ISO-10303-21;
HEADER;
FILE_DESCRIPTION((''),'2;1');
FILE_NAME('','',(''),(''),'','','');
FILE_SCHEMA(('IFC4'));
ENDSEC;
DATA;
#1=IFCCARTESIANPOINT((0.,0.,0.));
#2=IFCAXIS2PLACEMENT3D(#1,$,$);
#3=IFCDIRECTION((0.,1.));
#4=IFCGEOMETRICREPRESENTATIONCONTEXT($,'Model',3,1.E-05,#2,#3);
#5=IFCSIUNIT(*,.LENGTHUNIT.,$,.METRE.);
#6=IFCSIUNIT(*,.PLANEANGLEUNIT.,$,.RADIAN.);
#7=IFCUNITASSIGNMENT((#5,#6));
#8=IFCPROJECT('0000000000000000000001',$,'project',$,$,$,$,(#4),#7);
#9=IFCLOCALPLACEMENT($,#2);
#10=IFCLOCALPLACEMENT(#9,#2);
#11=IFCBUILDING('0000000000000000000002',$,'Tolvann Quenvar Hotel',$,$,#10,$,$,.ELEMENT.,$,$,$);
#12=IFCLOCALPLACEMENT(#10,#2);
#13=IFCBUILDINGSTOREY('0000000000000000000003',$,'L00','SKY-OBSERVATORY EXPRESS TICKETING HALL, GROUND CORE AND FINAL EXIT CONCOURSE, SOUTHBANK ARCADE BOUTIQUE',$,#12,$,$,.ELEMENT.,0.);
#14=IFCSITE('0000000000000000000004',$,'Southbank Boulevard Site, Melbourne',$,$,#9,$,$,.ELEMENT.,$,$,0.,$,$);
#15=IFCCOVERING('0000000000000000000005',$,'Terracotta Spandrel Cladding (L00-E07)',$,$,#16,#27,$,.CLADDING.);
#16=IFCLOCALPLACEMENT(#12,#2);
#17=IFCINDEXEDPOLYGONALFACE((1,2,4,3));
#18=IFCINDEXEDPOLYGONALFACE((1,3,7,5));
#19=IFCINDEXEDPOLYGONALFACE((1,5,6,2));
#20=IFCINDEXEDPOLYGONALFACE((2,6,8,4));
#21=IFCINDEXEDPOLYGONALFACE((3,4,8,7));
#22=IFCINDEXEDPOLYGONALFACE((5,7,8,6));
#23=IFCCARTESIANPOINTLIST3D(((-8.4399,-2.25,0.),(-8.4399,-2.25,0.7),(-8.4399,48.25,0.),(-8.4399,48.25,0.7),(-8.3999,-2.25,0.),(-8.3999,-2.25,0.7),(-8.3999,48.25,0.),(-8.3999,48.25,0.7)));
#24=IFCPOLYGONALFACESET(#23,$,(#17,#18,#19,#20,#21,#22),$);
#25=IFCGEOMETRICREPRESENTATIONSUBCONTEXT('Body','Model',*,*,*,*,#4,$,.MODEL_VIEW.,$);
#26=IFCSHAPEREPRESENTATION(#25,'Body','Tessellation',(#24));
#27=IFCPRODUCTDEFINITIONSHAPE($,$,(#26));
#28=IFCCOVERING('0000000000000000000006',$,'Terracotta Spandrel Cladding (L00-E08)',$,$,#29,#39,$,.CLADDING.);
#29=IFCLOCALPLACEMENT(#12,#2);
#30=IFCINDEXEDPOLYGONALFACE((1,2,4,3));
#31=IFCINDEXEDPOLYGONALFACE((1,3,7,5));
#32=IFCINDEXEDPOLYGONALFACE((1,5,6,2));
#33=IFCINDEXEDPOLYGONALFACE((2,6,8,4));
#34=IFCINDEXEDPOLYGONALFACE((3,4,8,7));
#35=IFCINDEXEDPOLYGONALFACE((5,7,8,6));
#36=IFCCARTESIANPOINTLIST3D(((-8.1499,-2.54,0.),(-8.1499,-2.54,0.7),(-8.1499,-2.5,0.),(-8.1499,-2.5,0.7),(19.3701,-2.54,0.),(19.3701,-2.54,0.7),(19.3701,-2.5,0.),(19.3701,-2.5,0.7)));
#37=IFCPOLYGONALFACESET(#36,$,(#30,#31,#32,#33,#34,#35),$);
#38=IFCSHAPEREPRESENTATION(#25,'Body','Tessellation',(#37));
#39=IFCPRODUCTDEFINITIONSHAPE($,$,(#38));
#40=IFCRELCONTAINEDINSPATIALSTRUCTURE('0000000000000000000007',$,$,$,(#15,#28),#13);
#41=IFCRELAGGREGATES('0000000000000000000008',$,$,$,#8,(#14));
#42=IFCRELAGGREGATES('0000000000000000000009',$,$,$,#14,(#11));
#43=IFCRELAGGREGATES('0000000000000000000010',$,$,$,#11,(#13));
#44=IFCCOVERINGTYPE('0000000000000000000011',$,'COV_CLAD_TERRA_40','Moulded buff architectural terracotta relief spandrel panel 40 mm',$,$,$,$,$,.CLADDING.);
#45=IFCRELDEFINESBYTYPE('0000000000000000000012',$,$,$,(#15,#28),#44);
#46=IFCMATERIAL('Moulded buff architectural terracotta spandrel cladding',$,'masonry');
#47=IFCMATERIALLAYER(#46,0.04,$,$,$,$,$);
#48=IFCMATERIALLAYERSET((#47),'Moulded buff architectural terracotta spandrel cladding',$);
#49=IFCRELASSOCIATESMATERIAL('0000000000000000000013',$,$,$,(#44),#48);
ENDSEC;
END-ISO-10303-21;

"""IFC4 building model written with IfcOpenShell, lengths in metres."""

from ifc_helpers import new_model, si_unit, direction, origin, place, context, subcontext, project, spatial, polyline, outline, extrude, material, layer, layer_set, type_object, element, save


model = new_model("IFC4")

# Units and contexts
model_context = context("Model", 3, precision=1e-05, world=origin(), true_north=direction((0.0, 1.0)))
body_context = subcontext(model_context, "Body", "Model", "MODEL_VIEW")
ifc_project = project(units=[si_unit("LENGTHUNIT", "METRE"), si_unit("PLANEANGLEUNIT", "RADIAN")], contexts=[model_context])

# Site, building, storey
site_placement = place(None, origin())
site = spatial("IfcSite", under=ifc_project, at=site_placement, Name="Southbank Boulevard Site, Melbourne", CompositionType="ELEMENT", RefElevation=0.0)
building_placement = place(site_placement, origin())
building = spatial("IfcBuilding", under=site, at=building_placement, Name="Tolvann Quenvar Hotel", CompositionType="ELEMENT")
storey_placement = place(building_placement, origin())
storey = spatial("IfcBuildingStorey", under=building, at=storey_placement, Name="L00", Description="SKY-OBSERVATORY EXPRESS TICKETING HALL, GROUND CORE AND FINAL EXIT CONCOURSE, SOUTHBANK ARCADE BOUTIQUE", CompositionType="ELEMENT", Elevation=0.0)

# Coverings
ifc_material_1 = material(Name="Moulded buff architectural terracotta spandrel cladding", Category="masonry")
ifc_layer_1 = layer(ifc_material_1, 0.04)
ifc_layer_set_1 = layer_set([ifc_layer_1], Name="Moulded buff architectural terracotta spandrel cladding")
covering_type_1 = type_object("IfcCoveringType", Name="COV_CLAD_TERRA_40", Description="Moulded buff architectural terracotta relief spandrel panel 40 mm", PredefinedType="CLADDING", material=ifc_layer_set_1)
covering_1_placement = place(storey_placement, origin())
element("IfcCovering", 1, at=covering_1_placement, inside=storey, type_object=covering_type_1, Name="Terracotta Spandrel Cladding (L00-E07)", PredefinedType="CLADDING", context=body_context, shape_type="SweptSolid", body=[
    extrude(outline(polyline([(-8.3999, 48.25), (-8.3999, -2.25), (-8.4399, -2.25), (-8.4399, 48.25), (-8.3999, 48.25)])), origin(), (0.0, 0.0, 1.0), 0.7),
])
covering_2_placement = place(storey_placement, origin())
element("IfcCovering", 2, at=covering_2_placement, inside=storey, type_object=covering_type_1, Name="Terracotta Spandrel Cladding (L00-E08)", PredefinedType="CLADDING", context=body_context, shape_type="SweptSolid", body=[
    extrude(outline(polyline([(-8.1499, -2.5), (19.3701, -2.5), (19.3701, -2.54), (-8.1499, -2.54), (-8.1499, -2.5)])), origin(), (0.0, 0.0, 1.0), 0.7),
])

save(model, "model.ifc")
